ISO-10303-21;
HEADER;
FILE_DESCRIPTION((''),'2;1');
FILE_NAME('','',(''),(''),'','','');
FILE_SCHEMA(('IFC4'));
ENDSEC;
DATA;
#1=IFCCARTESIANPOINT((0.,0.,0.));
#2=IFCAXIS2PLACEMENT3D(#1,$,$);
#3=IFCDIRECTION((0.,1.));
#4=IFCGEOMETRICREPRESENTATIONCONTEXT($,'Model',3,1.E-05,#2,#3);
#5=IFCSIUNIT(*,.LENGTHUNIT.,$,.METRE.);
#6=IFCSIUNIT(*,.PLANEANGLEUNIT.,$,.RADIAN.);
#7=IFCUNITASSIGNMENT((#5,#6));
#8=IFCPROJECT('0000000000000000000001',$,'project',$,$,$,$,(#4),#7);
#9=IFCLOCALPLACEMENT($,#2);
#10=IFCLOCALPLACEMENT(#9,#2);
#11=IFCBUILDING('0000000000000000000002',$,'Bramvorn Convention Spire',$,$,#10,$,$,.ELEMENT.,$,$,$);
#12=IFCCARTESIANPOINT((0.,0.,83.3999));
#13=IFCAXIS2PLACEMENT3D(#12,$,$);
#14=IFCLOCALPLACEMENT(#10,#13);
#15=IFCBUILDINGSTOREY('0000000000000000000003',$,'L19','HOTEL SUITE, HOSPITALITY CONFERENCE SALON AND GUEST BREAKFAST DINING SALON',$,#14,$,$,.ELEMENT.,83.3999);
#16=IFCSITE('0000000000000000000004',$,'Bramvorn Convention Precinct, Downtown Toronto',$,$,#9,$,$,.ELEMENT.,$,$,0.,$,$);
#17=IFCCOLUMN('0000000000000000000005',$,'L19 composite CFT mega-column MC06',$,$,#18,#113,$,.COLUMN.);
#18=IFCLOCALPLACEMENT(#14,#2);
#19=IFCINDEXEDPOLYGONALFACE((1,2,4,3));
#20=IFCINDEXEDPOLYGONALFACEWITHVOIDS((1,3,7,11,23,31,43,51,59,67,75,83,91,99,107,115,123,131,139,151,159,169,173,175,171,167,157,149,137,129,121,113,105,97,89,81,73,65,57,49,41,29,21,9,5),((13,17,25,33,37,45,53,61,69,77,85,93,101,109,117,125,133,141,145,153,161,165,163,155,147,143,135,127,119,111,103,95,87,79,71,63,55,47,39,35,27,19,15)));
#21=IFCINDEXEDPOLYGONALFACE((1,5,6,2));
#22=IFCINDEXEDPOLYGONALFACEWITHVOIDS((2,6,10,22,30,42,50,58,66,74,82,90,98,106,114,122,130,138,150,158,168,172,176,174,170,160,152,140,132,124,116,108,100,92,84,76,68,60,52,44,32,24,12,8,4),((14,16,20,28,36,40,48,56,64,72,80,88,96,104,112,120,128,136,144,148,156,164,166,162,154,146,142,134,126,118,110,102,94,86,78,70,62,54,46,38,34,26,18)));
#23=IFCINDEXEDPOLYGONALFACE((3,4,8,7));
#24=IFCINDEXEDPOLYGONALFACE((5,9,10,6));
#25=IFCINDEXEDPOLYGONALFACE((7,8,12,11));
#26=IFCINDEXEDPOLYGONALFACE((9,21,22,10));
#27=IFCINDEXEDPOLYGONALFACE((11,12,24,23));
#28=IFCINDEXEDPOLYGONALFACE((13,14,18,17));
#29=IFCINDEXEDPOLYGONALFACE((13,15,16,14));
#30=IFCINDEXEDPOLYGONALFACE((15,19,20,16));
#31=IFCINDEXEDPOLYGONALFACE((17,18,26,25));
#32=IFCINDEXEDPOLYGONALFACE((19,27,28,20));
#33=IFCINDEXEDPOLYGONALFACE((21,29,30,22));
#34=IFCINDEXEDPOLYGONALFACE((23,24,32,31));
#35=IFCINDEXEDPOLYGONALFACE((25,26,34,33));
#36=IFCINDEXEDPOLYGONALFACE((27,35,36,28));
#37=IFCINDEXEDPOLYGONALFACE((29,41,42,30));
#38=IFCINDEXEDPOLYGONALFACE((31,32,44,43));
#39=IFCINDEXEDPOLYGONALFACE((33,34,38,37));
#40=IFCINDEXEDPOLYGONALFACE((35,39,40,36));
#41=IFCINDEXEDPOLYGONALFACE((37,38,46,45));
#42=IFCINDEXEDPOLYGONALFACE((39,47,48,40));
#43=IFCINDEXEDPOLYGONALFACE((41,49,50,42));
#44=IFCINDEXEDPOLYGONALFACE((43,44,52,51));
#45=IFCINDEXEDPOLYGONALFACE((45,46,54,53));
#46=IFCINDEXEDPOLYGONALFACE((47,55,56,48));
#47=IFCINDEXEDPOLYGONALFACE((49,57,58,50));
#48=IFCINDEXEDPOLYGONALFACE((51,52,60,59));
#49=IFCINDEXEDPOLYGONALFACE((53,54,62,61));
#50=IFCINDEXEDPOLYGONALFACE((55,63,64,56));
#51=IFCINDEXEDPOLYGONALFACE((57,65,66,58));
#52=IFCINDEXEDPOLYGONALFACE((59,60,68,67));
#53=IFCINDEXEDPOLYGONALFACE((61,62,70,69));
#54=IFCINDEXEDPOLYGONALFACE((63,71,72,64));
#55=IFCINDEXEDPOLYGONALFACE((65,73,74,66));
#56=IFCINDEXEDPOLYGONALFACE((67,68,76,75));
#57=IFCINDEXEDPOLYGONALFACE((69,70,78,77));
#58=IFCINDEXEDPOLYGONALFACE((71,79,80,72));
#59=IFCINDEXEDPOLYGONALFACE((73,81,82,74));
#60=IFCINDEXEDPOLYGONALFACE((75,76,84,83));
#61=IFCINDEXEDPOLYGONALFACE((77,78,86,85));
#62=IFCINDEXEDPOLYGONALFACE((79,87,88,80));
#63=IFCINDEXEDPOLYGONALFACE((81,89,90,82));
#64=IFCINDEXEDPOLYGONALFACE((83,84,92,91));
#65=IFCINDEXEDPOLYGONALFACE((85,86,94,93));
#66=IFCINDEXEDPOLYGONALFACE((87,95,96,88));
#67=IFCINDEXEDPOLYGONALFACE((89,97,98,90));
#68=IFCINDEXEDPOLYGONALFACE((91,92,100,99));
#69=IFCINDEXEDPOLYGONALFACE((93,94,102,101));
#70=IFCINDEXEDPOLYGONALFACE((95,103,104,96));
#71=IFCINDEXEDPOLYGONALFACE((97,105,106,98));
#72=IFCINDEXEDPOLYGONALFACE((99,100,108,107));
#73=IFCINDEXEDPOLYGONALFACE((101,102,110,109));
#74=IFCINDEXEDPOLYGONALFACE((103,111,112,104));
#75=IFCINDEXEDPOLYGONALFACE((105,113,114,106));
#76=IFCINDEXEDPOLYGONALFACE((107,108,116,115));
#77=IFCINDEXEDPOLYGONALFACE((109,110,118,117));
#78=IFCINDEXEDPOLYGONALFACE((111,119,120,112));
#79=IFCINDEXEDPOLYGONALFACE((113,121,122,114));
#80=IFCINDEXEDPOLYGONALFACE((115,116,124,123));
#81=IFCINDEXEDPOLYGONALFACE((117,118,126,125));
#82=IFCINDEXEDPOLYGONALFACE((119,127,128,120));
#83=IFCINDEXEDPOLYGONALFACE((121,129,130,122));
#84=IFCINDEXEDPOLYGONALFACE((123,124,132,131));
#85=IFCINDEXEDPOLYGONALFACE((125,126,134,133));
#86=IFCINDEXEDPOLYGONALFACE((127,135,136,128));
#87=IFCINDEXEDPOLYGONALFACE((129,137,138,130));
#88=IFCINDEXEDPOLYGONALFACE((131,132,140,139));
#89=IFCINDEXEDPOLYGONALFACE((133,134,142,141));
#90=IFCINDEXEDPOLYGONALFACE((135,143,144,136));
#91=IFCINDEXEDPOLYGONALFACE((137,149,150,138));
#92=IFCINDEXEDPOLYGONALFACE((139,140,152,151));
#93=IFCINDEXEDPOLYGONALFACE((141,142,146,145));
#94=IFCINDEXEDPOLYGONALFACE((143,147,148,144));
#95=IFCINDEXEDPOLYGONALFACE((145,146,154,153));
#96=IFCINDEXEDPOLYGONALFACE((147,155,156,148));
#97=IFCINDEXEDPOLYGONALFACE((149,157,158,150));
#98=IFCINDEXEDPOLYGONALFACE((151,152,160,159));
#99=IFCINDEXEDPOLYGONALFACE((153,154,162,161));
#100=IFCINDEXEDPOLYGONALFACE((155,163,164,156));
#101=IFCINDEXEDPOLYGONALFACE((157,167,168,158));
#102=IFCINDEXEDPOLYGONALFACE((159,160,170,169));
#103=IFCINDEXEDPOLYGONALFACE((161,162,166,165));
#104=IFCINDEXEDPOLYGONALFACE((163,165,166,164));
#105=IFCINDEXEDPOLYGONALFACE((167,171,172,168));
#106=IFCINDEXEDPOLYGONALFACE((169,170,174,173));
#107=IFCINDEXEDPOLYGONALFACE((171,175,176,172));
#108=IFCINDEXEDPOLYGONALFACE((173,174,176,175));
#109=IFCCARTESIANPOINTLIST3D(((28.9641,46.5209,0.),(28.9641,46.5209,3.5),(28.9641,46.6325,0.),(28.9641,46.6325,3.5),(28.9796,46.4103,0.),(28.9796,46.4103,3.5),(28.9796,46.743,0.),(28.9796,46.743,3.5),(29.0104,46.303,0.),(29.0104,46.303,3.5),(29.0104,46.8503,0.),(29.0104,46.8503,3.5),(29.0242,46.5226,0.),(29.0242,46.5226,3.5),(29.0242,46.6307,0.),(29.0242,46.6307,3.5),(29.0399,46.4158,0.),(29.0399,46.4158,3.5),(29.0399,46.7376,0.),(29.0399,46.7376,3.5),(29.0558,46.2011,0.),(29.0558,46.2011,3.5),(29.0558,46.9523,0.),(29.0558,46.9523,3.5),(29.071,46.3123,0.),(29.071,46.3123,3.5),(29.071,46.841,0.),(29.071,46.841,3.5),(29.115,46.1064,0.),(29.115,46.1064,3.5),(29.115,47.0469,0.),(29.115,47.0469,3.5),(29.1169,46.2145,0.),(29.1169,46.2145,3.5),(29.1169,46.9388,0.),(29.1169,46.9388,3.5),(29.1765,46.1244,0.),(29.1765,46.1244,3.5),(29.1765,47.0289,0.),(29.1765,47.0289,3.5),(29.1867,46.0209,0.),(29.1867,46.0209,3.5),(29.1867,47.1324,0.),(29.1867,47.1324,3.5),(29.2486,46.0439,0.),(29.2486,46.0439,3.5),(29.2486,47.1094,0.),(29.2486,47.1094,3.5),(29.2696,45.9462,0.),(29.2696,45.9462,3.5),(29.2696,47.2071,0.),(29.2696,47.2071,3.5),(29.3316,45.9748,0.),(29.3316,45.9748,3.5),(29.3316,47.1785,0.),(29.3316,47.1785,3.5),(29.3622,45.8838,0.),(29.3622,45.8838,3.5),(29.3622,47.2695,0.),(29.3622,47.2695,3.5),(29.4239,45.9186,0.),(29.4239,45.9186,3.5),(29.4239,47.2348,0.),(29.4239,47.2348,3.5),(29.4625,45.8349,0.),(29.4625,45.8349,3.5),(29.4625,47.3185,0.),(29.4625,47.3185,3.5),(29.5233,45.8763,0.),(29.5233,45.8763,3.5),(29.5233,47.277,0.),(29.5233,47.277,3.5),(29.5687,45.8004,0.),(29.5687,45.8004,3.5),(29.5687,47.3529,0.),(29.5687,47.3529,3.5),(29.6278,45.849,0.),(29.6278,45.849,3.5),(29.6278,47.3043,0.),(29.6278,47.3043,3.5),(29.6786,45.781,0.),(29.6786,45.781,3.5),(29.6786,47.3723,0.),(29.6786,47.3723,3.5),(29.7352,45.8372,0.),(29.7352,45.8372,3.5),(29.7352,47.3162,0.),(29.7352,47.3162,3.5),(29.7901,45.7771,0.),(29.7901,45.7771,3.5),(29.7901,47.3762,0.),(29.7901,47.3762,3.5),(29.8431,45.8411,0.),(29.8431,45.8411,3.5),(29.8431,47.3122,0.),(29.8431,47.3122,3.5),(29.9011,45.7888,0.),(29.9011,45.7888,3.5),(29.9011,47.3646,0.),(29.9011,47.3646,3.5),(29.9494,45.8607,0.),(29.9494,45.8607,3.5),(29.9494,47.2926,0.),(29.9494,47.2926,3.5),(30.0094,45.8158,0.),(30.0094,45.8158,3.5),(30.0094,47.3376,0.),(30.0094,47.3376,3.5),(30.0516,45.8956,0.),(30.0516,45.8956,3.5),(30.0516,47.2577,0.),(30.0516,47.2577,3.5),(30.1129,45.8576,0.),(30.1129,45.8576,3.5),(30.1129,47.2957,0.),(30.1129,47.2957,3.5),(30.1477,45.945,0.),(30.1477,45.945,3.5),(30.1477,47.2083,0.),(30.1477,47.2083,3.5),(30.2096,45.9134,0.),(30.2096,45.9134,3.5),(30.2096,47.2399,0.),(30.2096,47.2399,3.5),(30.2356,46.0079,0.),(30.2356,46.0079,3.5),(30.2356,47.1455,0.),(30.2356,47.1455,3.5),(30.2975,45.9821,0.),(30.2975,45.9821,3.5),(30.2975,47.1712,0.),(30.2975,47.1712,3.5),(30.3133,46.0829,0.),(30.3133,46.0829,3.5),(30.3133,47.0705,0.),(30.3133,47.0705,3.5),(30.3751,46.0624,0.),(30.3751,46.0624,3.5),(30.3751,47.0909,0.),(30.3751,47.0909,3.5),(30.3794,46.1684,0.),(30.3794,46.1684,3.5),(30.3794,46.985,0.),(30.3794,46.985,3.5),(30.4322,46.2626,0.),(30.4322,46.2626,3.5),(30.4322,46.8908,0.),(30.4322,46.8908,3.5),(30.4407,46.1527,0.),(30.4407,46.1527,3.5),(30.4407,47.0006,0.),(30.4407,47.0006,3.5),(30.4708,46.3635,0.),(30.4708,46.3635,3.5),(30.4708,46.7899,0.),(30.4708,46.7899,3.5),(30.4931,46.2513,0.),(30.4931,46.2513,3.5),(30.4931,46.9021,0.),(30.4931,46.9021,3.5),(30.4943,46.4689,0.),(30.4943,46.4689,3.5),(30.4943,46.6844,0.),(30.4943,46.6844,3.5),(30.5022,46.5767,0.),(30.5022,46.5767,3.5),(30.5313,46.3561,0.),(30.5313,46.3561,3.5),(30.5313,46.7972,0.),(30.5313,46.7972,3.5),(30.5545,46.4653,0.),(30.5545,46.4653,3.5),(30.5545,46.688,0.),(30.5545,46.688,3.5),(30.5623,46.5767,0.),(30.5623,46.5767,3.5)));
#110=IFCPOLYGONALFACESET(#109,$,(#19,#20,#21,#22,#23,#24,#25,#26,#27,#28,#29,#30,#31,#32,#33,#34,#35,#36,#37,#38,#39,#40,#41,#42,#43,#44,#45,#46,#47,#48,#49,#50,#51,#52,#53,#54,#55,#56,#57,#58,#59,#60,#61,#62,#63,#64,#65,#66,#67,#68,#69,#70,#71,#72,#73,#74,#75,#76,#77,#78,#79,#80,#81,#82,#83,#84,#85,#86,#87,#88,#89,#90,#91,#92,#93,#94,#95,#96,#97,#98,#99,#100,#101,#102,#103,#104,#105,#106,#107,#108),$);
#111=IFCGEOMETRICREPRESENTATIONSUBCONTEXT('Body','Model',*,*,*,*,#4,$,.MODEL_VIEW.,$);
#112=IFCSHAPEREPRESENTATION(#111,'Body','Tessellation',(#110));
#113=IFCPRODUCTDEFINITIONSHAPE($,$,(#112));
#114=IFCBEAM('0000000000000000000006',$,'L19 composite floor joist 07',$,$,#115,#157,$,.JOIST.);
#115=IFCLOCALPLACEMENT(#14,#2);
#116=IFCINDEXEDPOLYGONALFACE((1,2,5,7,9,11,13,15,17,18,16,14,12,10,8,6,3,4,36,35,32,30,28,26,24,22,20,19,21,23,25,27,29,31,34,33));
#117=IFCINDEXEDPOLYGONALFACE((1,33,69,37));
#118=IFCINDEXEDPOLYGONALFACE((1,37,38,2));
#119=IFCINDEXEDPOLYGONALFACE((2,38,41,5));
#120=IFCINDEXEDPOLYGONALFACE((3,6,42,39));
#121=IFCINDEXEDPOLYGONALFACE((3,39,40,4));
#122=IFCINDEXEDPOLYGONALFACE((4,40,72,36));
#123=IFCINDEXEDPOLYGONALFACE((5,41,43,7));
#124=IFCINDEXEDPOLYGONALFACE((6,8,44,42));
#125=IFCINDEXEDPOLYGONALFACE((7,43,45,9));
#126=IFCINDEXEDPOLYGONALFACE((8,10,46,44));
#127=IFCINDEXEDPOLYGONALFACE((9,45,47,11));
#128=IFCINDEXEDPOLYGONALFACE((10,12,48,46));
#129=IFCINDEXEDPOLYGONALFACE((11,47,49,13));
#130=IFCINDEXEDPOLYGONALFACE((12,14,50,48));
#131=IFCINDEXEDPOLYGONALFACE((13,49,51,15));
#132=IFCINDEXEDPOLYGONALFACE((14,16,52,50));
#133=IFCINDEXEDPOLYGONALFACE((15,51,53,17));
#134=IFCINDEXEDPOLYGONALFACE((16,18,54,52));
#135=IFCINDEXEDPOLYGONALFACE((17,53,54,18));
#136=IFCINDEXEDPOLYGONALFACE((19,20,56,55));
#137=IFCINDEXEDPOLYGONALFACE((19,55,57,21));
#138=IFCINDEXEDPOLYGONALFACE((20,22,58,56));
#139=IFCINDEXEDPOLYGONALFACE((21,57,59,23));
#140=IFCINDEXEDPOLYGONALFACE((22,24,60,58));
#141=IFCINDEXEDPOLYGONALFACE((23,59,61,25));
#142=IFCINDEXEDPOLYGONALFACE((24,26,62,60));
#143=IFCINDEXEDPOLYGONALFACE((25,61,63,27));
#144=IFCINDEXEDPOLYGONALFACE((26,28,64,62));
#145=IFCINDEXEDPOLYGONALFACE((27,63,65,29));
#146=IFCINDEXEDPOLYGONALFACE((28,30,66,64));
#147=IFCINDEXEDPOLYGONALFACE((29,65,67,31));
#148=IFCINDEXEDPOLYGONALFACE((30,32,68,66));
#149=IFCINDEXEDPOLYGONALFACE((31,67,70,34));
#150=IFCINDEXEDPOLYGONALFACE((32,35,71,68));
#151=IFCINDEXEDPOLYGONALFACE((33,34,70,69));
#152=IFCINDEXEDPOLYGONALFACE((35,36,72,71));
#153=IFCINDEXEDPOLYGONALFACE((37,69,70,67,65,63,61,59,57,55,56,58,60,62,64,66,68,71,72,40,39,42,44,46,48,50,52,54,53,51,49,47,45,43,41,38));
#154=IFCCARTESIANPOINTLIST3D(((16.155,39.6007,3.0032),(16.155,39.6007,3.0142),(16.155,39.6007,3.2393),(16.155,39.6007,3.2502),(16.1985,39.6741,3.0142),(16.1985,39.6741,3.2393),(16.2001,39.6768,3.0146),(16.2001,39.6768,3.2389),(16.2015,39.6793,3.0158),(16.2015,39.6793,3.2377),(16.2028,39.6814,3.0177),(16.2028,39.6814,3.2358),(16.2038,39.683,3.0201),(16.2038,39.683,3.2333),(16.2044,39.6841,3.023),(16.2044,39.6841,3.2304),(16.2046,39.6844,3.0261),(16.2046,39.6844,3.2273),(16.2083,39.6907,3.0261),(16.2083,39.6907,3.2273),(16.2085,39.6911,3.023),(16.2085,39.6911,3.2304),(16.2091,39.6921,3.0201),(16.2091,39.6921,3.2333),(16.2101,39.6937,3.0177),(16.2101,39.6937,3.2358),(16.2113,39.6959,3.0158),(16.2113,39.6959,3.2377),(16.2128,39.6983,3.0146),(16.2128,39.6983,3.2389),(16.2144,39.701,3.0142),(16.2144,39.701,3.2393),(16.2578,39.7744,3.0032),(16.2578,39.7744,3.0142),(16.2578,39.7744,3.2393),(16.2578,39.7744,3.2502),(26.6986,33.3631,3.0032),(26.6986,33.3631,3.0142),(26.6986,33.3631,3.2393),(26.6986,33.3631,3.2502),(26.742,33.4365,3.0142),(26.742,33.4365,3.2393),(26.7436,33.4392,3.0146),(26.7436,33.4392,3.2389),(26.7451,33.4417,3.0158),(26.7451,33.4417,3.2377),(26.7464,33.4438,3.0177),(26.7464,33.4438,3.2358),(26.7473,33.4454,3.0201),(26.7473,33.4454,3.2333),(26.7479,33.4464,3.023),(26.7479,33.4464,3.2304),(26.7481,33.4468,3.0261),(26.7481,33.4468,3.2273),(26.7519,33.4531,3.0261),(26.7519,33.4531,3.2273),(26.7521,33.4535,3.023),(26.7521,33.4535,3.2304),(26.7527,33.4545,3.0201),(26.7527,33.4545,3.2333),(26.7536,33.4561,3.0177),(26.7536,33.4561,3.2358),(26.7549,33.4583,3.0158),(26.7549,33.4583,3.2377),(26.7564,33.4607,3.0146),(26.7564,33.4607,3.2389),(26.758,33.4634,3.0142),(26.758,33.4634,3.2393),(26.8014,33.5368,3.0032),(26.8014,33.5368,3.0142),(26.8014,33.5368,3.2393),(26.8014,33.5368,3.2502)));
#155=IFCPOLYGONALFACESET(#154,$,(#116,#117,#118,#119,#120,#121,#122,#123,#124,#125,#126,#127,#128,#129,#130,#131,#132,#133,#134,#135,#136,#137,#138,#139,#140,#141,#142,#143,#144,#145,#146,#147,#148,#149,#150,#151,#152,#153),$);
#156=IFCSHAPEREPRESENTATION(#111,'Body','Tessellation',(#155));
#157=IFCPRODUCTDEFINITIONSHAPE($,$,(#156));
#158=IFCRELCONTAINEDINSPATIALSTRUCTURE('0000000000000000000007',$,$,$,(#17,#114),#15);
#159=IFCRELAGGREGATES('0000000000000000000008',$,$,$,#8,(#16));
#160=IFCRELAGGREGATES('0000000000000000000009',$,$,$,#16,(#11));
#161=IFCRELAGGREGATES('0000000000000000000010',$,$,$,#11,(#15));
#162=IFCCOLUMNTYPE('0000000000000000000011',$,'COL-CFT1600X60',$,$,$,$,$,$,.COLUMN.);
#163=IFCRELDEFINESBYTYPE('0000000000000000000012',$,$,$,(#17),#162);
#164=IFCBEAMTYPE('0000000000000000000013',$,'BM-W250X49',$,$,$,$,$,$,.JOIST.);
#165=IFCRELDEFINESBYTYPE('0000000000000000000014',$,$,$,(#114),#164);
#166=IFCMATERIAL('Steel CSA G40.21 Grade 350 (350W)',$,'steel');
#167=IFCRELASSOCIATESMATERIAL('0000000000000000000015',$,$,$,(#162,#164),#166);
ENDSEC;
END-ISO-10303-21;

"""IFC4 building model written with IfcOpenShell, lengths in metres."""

from ifc_helpers import new_model, si_unit, direction, frame, origin, origin_2d, place, context, subcontext, project, spatial, hollow_circle, i_section, extrude, material, material_profile, profile_set, type_object, element, save


model = new_model("IFC4")

# Units and contexts
model_context = context("Model", 3, precision=1e-05, world=origin(), true_north=direction((0.0, 1.0)))
body_context = subcontext(model_context, "Body", "Model", "MODEL_VIEW")
ifc_project = project(units=[si_unit("LENGTHUNIT", "METRE"), si_unit("PLANEANGLEUNIT", "RADIAN")], contexts=[model_context])

# Site, building, storey
site_placement = place(None, origin())
site = spatial("IfcSite", under=ifc_project, at=site_placement, Name="Bramvorn Convention Precinct, Downtown Toronto", CompositionType="ELEMENT", RefElevation=0.0)
building_placement = place(site_placement, origin())
building = spatial("IfcBuilding", under=site, at=building_placement, Name="Bramvorn Convention Spire", CompositionType="ELEMENT")
storey_placement = place(building_placement, frame((0.0, 0.0, 83.3999)))
storey = spatial("IfcBuildingStorey", under=building, at=storey_placement, Name="L19", Description="HOTEL SUITE, HOSPITALITY CONFERENCE SALON AND GUEST BREAKFAST DINING SALON", CompositionType="ELEMENT", Elevation=83.3999)

# Column
ifc_material_1 = material(Name="Steel CSA G40.21 Grade 350 (350W)", Category="steel")
ifc_material_profile_1 = material_profile(ifc_material_1, hollow_circle(Radius=0.8, WallThickness=0.0601, at=origin_2d()))
ifc_profile_set_1 = profile_set([ifc_material_profile_1], Name="Steel CSA G40.21 Grade 350 (350W) - CFT1600X60")
column_type = type_object("IfcColumnType", Name="COL-CFT1600X60", PredefinedType="COLUMN", material=ifc_profile_set_1)
column_placement = place(storey_placement, frame((29.7622, 46.5767, 0.0), z_axis=(0.0, 0.0, 1.0), x_axis=(1.0, 0.0, 0.0)))
element("IfcColumn", 1, at=column_placement, inside=storey, type_object=column_type, Name="L19 composite CFT mega-column MC06", PredefinedType="COLUMN", context=body_context, shape_type="SweptSolid", body=[
    extrude(hollow_circle(Radius=0.8, WallThickness=0.0601, at=origin_2d()), origin(), (0.0, 0.0, 1.0), 3.5),
])

# Beam
ifc_material_profile_2 = material_profile(ifc_material_1, i_section(OverallWidth=0.2019, OverallDepth=0.2471, WebThickness=0.0073, FlangeThickness=0.011, FilletRadius=0.012, at=origin_2d()))
ifc_profile_set_2 = profile_set([ifc_material_profile_2], Name="Steel CSA G40.21 Grade 350 (350W) - W250X49")
beam_type_1 = type_object("IfcBeamType", Name="BM-W250X49", PredefinedType="JOIST", material=ifc_profile_set_2)
beam_1_placement = place(storey_placement, frame((26.75, 33.45, 3.1267), z_axis=(-0.860665, 0.509172, 0.0), x_axis=(-0.509172, -0.860665, 0.0)))
element("IfcBeam", 2, at=beam_1_placement, inside=storey, type_object=beam_type_1, Name="L19 composite floor joist 07", PredefinedType="JOIST", context=body_context, shape_type="SweptSolid", body=[
    extrude(i_section(OverallWidth=0.2019, OverallDepth=0.2471, WebThickness=0.0073, FlangeThickness=0.011, FilletRadius=0.012, at=origin_2d()), origin(), (0.0, 0.0, 1.0), 12.2505),
])

save(model, "model.ifc")
